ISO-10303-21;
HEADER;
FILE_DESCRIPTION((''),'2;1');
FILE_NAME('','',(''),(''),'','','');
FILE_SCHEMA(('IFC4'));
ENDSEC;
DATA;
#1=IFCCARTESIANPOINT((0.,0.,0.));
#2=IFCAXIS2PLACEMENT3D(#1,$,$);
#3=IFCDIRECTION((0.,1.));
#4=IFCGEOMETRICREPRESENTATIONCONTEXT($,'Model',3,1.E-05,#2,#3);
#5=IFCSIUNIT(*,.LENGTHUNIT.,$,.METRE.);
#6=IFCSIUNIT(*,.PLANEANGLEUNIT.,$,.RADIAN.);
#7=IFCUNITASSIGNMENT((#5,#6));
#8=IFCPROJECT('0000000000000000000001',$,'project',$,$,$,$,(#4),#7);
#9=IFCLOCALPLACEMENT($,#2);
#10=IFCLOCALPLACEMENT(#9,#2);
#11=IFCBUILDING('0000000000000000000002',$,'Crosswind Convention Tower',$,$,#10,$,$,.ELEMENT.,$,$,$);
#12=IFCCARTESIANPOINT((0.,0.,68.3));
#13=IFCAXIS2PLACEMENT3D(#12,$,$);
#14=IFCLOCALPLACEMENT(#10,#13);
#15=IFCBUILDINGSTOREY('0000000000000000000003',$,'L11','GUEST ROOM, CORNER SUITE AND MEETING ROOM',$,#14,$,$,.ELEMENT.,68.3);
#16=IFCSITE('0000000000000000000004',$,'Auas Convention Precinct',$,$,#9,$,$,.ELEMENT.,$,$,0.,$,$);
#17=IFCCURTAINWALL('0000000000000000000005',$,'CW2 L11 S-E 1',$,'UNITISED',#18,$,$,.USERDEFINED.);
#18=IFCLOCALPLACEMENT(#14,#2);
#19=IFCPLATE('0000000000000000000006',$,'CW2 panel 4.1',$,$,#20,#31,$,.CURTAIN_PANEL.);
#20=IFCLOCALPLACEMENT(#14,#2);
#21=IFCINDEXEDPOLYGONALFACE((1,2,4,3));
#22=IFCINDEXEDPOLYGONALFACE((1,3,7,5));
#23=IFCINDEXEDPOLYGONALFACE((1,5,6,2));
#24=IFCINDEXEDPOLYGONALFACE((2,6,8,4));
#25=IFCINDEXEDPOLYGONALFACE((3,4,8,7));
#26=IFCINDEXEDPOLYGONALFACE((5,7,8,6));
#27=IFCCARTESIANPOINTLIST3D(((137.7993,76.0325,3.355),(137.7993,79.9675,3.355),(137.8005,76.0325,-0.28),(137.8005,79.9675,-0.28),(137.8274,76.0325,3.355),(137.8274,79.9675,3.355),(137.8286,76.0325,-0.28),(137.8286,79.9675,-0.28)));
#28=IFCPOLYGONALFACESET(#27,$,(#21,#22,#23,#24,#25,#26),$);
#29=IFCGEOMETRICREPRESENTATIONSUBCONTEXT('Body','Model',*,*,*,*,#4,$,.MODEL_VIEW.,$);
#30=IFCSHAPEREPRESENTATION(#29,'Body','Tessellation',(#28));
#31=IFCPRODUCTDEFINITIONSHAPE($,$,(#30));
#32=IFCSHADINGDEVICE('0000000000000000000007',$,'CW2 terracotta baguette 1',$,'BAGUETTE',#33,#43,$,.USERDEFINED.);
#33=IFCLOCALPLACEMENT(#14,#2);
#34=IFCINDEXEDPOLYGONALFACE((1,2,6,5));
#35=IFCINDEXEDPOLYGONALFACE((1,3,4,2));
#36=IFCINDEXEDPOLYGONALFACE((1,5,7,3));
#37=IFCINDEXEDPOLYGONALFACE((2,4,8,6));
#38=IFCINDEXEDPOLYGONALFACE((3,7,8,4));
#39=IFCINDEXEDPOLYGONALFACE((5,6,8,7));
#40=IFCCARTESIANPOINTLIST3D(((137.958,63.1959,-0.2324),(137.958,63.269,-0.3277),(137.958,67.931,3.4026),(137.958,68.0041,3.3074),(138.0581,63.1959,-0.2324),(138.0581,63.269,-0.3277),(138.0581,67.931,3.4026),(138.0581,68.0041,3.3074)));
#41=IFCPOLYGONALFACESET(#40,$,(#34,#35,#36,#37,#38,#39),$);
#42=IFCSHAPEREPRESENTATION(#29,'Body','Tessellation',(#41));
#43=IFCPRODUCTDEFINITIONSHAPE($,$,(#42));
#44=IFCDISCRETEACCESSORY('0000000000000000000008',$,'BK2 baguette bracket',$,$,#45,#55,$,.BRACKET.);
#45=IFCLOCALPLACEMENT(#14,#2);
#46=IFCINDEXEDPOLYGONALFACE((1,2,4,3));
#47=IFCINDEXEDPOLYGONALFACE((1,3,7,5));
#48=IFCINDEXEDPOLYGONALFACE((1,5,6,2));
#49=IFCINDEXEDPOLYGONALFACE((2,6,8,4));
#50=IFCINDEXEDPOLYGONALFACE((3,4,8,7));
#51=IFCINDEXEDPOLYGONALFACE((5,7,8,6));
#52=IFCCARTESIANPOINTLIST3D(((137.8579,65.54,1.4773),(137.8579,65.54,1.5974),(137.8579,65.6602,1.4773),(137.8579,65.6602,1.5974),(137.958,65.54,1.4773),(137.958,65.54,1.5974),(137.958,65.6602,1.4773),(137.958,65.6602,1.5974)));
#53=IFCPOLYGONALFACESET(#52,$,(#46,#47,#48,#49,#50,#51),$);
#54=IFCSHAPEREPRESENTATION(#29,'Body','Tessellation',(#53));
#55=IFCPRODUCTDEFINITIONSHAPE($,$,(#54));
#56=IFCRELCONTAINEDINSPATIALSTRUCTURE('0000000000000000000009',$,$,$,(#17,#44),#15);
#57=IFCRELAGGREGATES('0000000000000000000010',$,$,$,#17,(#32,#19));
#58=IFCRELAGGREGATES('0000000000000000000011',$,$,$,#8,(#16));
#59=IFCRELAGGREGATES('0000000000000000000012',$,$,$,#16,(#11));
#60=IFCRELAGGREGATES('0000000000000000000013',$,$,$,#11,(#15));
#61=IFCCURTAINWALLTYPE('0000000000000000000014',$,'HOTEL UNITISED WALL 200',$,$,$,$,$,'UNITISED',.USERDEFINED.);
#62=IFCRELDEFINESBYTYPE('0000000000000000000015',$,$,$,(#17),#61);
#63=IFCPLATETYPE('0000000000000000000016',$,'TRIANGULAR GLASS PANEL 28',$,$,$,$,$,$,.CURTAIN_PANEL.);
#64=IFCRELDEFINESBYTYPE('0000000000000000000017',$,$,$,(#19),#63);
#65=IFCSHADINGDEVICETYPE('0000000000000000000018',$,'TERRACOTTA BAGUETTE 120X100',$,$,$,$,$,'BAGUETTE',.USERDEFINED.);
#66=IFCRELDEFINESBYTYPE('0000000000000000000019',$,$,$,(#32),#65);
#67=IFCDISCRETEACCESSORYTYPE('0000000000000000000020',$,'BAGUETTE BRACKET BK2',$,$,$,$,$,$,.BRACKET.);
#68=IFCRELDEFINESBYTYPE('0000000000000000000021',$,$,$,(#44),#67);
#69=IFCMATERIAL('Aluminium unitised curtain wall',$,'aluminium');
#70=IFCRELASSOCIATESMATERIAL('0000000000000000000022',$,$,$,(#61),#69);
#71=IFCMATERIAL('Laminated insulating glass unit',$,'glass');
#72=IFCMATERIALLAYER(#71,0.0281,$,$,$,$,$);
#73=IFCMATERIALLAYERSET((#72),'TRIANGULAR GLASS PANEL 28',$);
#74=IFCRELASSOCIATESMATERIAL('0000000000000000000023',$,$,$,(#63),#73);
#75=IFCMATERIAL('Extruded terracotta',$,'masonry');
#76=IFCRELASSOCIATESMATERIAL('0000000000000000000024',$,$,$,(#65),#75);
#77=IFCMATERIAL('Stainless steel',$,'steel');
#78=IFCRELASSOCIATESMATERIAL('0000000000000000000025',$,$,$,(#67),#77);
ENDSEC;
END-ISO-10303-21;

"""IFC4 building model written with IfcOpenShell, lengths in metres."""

from ifc_helpers import new_model, si_unit, direction, frame, origin, origin_2d, place, context, subcontext, project, spatial, polyline, rectangle, outline, extrude, material, layer, layer_set, material_profile, profile_set, type_object, element, aggregate, save


model = new_model("IFC4")

# Units and contexts
model_context = context("Model", 3, precision=1e-05, world=origin(), true_north=direction((0.0, 1.0)))
body_context = subcontext(model_context, "Body", "Model", "MODEL_VIEW")
ifc_project = project(units=[si_unit("LENGTHUNIT", "METRE"), si_unit("PLANEANGLEUNIT", "RADIAN")], contexts=[model_context])

# Site, building, storey
site_placement = place(None, origin())
site = spatial("IfcSite", under=ifc_project, at=site_placement, Name="Auas Convention Precinct", CompositionType="ELEMENT", RefElevation=0.0)
building_placement = place(site_placement, origin())
building = spatial("IfcBuilding", under=site, at=building_placement, Name="Crosswind Convention Tower", CompositionType="ELEMENT")
storey_placement = place(building_placement, frame((0.0, 0.0, 68.3)))
storey = spatial("IfcBuildingStorey", under=building, at=storey_placement, Name="L11", Description="GUEST ROOM, CORNER SUITE AND MEETING ROOM", CompositionType="ELEMENT", Elevation=68.3)

# Shared definitions
ifc_material_1 = material(Name="Aluminium unitised curtain wall", Category="aluminium")
curtain_wall_type = type_object("IfcCurtainWallType", Name="HOTEL UNITISED WALL 200", ElementType="UNITISED", PredefinedType="USERDEFINED", material=ifc_material_1)

# Curtain wall, plate
curtain_wall_1_placement = place(storey_placement, origin())
curtain_wall_1 = element("IfcCurtainWall", 1, at=curtain_wall_1_placement, inside=storey, type_object=curtain_wall_type, Name="CW2 L11 S-E 1", ObjectType="UNITISED", PredefinedType="USERDEFINED")
ifc_material_2 = material(Name="Laminated insulating glass unit", Category="glass")
ifc_layer_1 = layer(ifc_material_2, 0.0281)
ifc_layer_set_1 = layer_set([ifc_layer_1], Name="TRIANGULAR GLASS PANEL 28")
plate_type = type_object("IfcPlateType", Name="TRIANGULAR GLASS PANEL 28", PredefinedType="CURTAIN_PANEL", material=ifc_layer_set_1)
plate_1_placement = place(storey_placement, frame((137.8286, 76.0325, -0.28), z_axis=(1.0, 0.0, 0.000336), x_axis=(0.0, 1.0, 0.0)))
plate_1 = element("IfcPlate", 2, at=plate_1_placement, type_object=plate_type, Name="CW2 panel 4.1", PredefinedType="CURTAIN_PANEL", context=body_context, shape_type="SweptSolid", body=[
    extrude(outline(polyline([(0.0, 0.0), (3.9351, 0.0), (3.9351, 3.635), (0.0, 3.635), (0.0, 0.0)])), origin(), (0.0, 0.0, -1.0), 0.0281),
])

# Shading device
ifc_material_3 = material(Name="Extruded terracotta", Category="masonry")
ifc_material_profile_1 = material_profile(ifc_material_3, rectangle(XDim=0.1001, YDim=0.1201, at=origin_2d()), Name="TC 100X120")
ifc_profile_set_1 = profile_set([ifc_material_profile_1], Name="Extruded terracotta")
shading_device_type = type_object("IfcShadingDeviceType", Name="TERRACOTTA BAGUETTE 120X100", ElementType="BAGUETTE", PredefinedType="USERDEFINED", material=ifc_profile_set_1)
shading_device_placement = place(storey_placement, frame((138.0081, 63.2324, -0.28), z_axis=(0.0, 0.793221, 0.608934), x_axis=(-1.0, 0.0, 0.0)))
shading_device = element("IfcShadingDevice", 3, at=shading_device_placement, type_object=shading_device_type, Name="CW2 terracotta baguette 1", ObjectType="BAGUETTE", PredefinedType="USERDEFINED", context=body_context, shape_type="SweptSolid", body=[
    extrude(rectangle(XDim=0.1001, YDim=0.1201, at=origin_2d()), origin(), (0.0, 0.0, 1.0), 5.9695),
])
aggregate(curtain_wall_1, [shading_device, plate_1])

# Discrete accessory
ifc_material_4 = material(Name="Stainless steel", Category="steel")
discrete_accessory_type = type_object("IfcDiscreteAccessoryType", Name="BAGUETTE BRACKET BK2", PredefinedType="BRACKET", material=ifc_material_4)
discrete_accessory_placement = place(storey_placement, frame((137.908, 65.6001, 1.4773), z_axis=(0.0, 0.0, 1.0), x_axis=(0.0, 1.0, 0.0)))
element("IfcDiscreteAccessory", 4, at=discrete_accessory_placement, inside=storey, type_object=discrete_accessory_type, Name="BK2 baguette bracket", PredefinedType="BRACKET", context=body_context, shape_type="SweptSolid", body=[
    extrude(rectangle(XDim=0.1201, YDim=0.1001, at=origin_2d()), origin(), (0.0, 0.0, 1.0), 0.1201),
])

save(model, "model.ifc")
